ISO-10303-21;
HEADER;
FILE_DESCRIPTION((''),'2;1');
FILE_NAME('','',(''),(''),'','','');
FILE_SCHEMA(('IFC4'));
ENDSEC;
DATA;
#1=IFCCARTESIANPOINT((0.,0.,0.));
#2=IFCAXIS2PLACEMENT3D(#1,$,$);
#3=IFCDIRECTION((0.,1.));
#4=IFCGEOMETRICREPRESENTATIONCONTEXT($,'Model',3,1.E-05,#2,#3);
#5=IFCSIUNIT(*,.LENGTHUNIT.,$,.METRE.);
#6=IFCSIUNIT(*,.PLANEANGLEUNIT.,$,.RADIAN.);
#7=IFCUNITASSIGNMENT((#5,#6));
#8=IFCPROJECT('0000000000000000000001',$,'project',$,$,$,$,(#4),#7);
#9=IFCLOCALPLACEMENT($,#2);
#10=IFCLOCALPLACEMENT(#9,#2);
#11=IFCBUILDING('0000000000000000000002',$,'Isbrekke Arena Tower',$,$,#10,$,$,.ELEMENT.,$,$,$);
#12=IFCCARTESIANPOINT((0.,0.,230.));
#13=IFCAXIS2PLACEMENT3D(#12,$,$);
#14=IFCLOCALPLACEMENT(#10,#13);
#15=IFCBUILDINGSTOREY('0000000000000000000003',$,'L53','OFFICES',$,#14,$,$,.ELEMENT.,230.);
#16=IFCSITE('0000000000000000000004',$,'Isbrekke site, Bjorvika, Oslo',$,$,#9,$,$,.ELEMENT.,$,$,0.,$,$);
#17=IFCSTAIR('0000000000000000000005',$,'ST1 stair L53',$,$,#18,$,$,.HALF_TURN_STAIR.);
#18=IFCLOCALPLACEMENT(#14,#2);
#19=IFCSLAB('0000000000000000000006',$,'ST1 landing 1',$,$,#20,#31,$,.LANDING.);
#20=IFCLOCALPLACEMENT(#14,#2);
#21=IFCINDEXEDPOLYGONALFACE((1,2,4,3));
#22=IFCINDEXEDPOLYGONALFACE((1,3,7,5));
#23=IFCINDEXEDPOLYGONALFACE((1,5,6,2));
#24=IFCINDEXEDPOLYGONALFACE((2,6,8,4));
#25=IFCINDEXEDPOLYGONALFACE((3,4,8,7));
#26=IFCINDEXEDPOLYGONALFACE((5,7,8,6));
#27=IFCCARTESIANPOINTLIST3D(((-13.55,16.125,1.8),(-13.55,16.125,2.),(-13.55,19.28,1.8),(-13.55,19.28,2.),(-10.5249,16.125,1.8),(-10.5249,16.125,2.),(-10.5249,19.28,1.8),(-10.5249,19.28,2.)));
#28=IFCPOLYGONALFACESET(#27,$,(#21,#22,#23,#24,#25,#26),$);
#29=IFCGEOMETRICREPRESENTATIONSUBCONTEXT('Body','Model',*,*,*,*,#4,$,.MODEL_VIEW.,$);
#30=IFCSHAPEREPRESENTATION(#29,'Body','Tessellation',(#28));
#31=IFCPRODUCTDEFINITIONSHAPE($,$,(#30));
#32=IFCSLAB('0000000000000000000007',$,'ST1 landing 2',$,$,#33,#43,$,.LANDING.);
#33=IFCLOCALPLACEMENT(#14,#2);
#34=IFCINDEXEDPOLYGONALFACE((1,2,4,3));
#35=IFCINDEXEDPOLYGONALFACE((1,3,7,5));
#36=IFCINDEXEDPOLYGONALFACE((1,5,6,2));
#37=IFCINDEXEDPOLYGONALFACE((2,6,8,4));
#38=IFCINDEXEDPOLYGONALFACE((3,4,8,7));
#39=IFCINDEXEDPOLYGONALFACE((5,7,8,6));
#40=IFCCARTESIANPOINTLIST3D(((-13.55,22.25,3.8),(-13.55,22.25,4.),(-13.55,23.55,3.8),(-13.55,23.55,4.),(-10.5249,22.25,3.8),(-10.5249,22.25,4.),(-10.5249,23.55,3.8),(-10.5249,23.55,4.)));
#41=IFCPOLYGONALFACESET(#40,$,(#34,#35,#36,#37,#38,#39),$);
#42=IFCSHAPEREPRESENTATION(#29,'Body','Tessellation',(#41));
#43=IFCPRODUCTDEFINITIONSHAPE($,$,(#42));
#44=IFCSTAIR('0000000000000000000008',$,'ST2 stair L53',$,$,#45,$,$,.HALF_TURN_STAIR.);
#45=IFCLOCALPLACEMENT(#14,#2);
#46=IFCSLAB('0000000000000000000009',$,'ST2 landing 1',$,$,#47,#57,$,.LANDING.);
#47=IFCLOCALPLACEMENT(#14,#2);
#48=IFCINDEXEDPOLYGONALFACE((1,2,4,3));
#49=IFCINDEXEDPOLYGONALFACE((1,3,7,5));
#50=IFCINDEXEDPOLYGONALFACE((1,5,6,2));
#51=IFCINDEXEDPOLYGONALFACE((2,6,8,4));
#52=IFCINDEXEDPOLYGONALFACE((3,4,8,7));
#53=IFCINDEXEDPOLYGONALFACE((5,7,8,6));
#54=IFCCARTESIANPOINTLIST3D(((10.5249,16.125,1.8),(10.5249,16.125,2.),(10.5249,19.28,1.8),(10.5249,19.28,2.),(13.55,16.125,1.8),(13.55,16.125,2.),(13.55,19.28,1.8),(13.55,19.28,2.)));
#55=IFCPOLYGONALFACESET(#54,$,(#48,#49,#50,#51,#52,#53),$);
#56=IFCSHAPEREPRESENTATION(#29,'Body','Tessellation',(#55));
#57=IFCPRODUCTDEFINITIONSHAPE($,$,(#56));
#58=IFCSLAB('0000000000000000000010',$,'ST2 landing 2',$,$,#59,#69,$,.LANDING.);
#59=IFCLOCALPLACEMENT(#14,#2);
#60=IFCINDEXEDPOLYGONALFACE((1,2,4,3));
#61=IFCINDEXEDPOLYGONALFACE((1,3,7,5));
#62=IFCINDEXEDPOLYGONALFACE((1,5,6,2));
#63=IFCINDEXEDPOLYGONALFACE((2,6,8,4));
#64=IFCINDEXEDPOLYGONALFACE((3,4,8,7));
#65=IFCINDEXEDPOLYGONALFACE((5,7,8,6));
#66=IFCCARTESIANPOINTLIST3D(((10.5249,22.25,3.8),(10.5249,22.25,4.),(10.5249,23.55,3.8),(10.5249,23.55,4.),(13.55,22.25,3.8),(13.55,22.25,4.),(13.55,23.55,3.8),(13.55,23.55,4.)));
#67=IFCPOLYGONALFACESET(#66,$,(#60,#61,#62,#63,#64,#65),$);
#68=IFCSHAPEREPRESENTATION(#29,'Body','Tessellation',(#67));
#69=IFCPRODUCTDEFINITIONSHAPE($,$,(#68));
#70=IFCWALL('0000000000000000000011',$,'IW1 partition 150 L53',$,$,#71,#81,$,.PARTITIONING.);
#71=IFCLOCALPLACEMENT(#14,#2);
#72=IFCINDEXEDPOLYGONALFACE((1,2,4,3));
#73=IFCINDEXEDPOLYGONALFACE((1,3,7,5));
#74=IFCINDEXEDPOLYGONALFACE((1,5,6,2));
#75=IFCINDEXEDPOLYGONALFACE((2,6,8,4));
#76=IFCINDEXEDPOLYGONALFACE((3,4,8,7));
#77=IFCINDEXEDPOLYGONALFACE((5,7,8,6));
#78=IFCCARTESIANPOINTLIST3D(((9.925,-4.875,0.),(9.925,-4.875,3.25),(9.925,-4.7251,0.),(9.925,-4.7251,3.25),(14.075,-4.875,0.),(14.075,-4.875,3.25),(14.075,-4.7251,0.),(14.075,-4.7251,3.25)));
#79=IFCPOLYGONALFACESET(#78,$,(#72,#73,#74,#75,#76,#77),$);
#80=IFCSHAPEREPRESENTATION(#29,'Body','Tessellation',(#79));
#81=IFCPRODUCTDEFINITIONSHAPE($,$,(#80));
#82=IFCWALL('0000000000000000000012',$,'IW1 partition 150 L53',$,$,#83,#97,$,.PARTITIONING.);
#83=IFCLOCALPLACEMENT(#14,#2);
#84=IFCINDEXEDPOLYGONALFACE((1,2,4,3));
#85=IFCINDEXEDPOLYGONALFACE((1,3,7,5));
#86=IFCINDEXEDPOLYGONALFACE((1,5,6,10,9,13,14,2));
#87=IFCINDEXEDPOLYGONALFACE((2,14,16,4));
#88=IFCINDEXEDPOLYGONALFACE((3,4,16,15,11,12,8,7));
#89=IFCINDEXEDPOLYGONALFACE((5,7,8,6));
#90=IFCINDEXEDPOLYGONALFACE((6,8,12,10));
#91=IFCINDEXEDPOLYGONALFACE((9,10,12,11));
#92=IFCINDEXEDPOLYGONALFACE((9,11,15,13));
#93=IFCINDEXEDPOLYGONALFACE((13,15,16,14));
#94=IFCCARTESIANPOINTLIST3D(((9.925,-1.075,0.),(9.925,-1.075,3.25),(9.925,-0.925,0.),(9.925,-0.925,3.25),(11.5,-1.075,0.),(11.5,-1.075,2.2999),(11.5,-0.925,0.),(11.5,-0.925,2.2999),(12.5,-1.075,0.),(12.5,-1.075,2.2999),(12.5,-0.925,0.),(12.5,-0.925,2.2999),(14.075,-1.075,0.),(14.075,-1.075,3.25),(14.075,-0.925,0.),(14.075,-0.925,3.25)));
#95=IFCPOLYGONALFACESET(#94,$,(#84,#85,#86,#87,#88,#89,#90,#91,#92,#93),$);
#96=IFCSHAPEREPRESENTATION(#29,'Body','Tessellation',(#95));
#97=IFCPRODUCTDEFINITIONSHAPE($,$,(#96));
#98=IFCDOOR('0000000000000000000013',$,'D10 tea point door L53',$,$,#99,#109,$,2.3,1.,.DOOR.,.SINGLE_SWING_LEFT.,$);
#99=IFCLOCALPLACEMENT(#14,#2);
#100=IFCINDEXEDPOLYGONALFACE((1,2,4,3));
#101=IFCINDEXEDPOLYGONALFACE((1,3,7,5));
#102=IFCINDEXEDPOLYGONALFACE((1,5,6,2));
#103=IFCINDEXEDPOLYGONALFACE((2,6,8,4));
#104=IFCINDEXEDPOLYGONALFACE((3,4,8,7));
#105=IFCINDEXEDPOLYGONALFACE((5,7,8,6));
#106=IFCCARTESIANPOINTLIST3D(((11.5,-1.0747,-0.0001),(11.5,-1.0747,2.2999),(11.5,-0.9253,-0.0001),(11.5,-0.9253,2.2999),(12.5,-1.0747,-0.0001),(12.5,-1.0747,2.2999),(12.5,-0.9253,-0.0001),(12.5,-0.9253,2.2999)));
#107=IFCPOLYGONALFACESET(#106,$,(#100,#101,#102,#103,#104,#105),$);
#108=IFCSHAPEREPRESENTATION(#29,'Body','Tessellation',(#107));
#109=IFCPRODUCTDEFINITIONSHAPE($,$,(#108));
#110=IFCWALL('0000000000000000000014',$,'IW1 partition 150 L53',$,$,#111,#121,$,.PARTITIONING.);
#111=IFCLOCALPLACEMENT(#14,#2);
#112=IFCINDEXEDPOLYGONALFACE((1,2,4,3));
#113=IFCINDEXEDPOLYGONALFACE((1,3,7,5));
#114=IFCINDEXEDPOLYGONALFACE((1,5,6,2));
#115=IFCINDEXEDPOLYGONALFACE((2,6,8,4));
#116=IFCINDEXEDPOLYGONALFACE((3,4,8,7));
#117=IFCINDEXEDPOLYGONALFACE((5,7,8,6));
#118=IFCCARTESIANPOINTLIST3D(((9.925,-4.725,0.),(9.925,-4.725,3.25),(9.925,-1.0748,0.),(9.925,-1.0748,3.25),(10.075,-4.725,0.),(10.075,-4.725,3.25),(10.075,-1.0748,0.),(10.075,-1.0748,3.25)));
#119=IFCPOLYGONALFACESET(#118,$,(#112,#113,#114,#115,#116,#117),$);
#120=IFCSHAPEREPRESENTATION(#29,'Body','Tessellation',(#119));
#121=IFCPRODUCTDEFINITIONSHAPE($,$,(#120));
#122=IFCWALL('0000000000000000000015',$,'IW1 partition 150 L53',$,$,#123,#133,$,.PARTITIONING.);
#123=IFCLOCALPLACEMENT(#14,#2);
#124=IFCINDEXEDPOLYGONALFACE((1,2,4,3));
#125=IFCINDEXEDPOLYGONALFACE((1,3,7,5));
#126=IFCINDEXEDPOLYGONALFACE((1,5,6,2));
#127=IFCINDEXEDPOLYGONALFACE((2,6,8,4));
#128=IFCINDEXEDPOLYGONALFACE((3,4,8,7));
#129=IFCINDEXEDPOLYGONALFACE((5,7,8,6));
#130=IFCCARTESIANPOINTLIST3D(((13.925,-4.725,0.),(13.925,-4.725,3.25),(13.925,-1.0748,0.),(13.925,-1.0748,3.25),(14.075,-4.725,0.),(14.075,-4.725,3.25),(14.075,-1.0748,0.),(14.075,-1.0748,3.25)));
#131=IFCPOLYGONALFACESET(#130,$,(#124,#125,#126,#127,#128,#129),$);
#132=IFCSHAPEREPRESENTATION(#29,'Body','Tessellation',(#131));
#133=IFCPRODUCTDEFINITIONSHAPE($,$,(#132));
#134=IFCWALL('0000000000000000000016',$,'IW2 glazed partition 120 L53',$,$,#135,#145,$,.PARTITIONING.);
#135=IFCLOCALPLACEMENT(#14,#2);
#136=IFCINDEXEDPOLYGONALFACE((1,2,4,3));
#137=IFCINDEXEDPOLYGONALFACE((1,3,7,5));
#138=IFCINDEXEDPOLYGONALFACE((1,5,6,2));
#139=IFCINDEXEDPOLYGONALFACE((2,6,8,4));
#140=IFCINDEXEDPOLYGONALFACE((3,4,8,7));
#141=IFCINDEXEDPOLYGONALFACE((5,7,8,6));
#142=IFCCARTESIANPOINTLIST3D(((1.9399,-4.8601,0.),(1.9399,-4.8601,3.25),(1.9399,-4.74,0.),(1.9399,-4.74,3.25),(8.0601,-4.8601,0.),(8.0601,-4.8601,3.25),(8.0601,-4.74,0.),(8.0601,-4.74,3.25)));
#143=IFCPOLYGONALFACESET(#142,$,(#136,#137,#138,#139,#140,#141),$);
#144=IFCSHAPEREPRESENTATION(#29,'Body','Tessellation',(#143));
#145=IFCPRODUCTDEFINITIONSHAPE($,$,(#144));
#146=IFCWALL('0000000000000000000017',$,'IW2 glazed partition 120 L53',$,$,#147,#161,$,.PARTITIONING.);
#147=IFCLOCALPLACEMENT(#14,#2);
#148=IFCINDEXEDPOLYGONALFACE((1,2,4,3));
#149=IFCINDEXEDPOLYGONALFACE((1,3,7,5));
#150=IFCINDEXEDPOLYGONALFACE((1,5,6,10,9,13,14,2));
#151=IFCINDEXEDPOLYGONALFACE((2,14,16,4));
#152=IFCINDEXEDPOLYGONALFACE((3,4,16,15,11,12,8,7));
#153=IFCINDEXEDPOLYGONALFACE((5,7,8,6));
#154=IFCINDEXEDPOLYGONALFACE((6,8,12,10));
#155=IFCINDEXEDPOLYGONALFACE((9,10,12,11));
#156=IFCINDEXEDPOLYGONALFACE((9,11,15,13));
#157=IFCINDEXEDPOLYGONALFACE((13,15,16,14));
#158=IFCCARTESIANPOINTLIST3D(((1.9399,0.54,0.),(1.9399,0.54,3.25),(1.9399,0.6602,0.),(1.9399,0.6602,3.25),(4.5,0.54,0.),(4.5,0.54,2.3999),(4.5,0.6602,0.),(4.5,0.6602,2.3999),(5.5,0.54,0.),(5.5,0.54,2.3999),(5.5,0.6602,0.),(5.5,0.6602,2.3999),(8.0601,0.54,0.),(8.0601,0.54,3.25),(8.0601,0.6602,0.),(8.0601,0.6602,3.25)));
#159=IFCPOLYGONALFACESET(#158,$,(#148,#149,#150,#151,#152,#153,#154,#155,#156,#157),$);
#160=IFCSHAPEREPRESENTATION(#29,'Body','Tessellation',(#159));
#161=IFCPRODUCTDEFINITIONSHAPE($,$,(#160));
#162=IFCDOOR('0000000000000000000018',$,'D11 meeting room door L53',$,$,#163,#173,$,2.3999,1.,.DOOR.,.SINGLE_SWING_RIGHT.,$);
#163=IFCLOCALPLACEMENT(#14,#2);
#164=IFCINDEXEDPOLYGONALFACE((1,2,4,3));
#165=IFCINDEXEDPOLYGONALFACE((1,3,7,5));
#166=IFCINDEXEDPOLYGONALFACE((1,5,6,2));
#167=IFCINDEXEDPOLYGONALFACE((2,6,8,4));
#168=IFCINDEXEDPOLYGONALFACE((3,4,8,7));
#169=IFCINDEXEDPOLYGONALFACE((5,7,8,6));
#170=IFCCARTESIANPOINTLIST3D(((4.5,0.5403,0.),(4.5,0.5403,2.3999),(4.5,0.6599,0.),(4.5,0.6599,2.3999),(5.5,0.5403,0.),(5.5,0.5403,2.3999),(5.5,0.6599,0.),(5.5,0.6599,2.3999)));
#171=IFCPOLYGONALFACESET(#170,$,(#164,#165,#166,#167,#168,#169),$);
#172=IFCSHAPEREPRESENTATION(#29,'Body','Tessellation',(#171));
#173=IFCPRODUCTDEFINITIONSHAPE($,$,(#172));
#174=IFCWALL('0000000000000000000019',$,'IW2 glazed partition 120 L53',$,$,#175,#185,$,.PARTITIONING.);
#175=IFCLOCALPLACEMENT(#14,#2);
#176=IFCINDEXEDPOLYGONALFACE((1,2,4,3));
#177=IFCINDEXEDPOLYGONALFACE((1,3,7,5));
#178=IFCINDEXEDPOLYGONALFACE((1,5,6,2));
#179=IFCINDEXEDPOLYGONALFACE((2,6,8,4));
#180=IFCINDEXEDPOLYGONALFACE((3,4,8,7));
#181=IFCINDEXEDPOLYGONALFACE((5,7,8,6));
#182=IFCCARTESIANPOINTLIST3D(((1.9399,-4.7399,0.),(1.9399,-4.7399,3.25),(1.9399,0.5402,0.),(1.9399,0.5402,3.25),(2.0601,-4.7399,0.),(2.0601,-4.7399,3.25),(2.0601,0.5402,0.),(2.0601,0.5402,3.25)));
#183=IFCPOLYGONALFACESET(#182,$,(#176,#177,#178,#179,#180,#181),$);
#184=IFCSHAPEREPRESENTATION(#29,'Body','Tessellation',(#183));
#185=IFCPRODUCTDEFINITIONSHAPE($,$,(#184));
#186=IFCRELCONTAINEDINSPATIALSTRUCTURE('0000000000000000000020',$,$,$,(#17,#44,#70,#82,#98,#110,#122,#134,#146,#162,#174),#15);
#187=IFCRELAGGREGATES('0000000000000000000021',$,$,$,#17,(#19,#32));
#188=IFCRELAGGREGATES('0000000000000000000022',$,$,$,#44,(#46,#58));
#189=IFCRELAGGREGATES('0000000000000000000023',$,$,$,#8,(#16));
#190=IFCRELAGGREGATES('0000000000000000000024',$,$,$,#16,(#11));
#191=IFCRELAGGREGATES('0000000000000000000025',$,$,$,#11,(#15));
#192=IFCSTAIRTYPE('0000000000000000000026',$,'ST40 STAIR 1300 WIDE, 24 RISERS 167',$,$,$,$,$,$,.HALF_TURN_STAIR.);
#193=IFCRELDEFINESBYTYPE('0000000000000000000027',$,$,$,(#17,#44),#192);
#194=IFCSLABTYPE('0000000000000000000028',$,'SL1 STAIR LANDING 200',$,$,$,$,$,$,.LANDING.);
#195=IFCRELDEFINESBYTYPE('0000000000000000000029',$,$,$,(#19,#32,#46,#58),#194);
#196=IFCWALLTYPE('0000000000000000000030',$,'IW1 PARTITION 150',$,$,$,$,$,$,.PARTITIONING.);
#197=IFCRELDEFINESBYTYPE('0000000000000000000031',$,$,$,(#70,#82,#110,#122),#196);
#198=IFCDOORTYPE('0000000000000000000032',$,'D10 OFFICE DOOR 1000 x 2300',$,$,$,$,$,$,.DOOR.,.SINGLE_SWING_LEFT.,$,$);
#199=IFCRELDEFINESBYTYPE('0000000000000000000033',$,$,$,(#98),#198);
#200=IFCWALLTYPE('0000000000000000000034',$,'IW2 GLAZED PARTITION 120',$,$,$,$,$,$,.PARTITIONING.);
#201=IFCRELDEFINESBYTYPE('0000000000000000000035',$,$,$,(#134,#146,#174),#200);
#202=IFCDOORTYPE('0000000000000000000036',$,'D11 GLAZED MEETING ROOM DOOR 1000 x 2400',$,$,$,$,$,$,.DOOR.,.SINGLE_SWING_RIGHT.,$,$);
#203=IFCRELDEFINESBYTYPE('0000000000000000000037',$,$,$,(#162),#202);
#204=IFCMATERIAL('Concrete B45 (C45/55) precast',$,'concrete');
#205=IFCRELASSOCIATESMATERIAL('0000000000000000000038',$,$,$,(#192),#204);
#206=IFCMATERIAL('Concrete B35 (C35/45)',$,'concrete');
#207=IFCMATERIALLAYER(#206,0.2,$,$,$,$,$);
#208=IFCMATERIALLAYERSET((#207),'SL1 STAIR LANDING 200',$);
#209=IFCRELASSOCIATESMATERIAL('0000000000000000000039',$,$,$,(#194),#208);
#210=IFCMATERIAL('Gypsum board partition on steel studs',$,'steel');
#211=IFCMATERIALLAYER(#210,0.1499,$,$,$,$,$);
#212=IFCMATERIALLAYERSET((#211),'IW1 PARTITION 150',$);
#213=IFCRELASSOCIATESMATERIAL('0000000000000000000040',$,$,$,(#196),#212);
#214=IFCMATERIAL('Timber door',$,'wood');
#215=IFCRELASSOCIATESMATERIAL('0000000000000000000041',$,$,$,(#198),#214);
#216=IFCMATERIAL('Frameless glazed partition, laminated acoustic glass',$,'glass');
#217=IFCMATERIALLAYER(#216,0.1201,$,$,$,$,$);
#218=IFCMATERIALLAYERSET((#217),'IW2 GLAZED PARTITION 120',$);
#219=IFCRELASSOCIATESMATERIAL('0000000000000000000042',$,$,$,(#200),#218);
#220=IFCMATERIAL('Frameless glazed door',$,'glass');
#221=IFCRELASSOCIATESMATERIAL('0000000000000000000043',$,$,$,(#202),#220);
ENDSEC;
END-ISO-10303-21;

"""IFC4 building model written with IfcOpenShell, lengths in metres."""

from ifc_helpers import new_model, si_unit, direction, frame, frame_2d, origin, place, context, subcontext, project, spatial, polyline, rectangle, outline, extrude, material, layer, layer_set, type_object, element, fill, aggregate, save


model = new_model("IFC4")

# Units and contexts
model_context = context("Model", 3, precision=1e-05, world=origin(), true_north=direction((0.0, 1.0)))
body_context = subcontext(model_context, "Body", "Model", "MODEL_VIEW")
ifc_project = project(units=[si_unit("LENGTHUNIT", "METRE"), si_unit("PLANEANGLEUNIT", "RADIAN")], contexts=[model_context])

# Site, building, storey
site_placement = place(None, origin())
site = spatial("IfcSite", under=ifc_project, at=site_placement, Name="Isbrekke site, Bjorvika, Oslo", CompositionType="ELEMENT", RefElevation=0.0)
building_placement = place(site_placement, origin())
building = spatial("IfcBuilding", under=site, at=building_placement, Name="Isbrekke Arena Tower", CompositionType="ELEMENT")
storey_placement = place(building_placement, frame((0.0, 0.0, 230.0)))
storey = spatial("IfcBuildingStorey", under=building, at=storey_placement, Name="L53", Description="OFFICES", CompositionType="ELEMENT", Elevation=230.0)

# Stairs, slabs
ifc_material_1 = material(Name="Concrete B45 (C45/55) precast", Category="concrete")
stair_type = type_object("IfcStairType", Name="ST40 STAIR 1300 WIDE, 24 RISERS 167", PredefinedType="HALF_TURN_STAIR", material=ifc_material_1)
stair_1_placement = place(storey_placement, origin())
stair_1 = element("IfcStair", 1, at=stair_1_placement, inside=storey, type_object=stair_type, Name="ST1 stair L53", PredefinedType="HALF_TURN_STAIR")
ifc_material_2 = material(Name="Concrete B35 (C35/45)", Category="concrete")
ifc_layer_1 = layer(ifc_material_2, 0.2)
ifc_layer_set_1 = layer_set([ifc_layer_1], Name="SL1 STAIR LANDING 200")
slab_type = type_object("IfcSlabType", Name="SL1 STAIR LANDING 200", PredefinedType="LANDING", material=ifc_layer_set_1)
slab_1_placement = place(storey_placement, frame((0.0, 0.0, 1.8)))
slab_1 = element("IfcSlab", 2, at=slab_1_placement, type_object=slab_type, Name="ST1 landing 1", PredefinedType="LANDING", context=body_context, shape_type="SweptSolid", body=[
    extrude(outline(polyline([(-13.55, 16.125), (-10.5249, 16.125), (-10.5249, 19.28), (-13.55, 19.28), (-13.55, 16.125)])), origin(), (0.0, 0.0, 1.0), 0.2),
])
slab_2_placement = place(storey_placement, frame((0.0, 0.0, 3.8)))
slab_2 = element("IfcSlab", 3, at=slab_2_placement, type_object=slab_type, Name="ST1 landing 2", PredefinedType="LANDING", context=body_context, shape_type="SweptSolid", body=[
    extrude(outline(polyline([(-13.55, 22.25), (-10.5249, 22.25), (-10.5249, 23.55), (-13.55, 23.55), (-13.55, 22.25)])), origin(), (0.0, 0.0, 1.0), 0.2),
])
aggregate(stair_1, [slab_1, slab_2])
stair_2_placement = place(storey_placement, origin())
stair_2 = element("IfcStair", 4, at=stair_2_placement, inside=storey, type_object=stair_type, Name="ST2 stair L53", PredefinedType="HALF_TURN_STAIR")
slab_3_placement = place(storey_placement, frame((0.0, 0.0, 1.8)))
slab_3 = element("IfcSlab", 5, at=slab_3_placement, type_object=slab_type, Name="ST2 landing 1", PredefinedType="LANDING", context=body_context, shape_type="SweptSolid", body=[
    extrude(outline(polyline([(10.5249, 16.125), (13.55, 16.125), (13.55, 19.28), (10.5249, 19.28), (10.5249, 16.125)])), origin(), (0.0, 0.0, 1.0), 0.2),
])
slab_4_placement = place(storey_placement, frame((0.0, 0.0, 3.8)))
slab_4 = element("IfcSlab", 6, at=slab_4_placement, type_object=slab_type, Name="ST2 landing 2", PredefinedType="LANDING", context=body_context, shape_type="SweptSolid", body=[
    extrude(outline(polyline([(10.5249, 22.25), (13.55, 22.25), (13.55, 23.55), (10.5249, 23.55), (10.5249, 22.25)])), origin(), (0.0, 0.0, 1.0), 0.2),
])
aggregate(stair_2, [slab_3, slab_4])

# Wall
ifc_material_3 = material(Name="Gypsum board partition on steel studs", Category="steel")
ifc_layer_2 = layer(ifc_material_3, 0.1499)
ifc_layer_set_2 = layer_set([ifc_layer_2], Name="IW1 PARTITION 150")
wall_type_1 = type_object("IfcWallType", Name="IW1 PARTITION 150", PredefinedType="PARTITIONING", material=ifc_layer_set_2)
wall_1_placement = place(storey_placement, frame((9.925, -4.8, 0.0), z_axis=(0.0, 0.0, 1.0), x_axis=(1.0, 0.0, 0.0)))
element("IfcWall", 7, at=wall_1_placement, inside=storey, type_object=wall_type_1, Name="IW1 partition 150 L53", PredefinedType="PARTITIONING", context=body_context, shape_type="SweptSolid", body=[
    extrude(rectangle(XDim=4.1499, YDim=0.1499, at=frame_2d((2.075, 0.0))), origin(), (0.0, 0.0, 1.0), 3.25),
])

# Wall, opening, door
wall_2_placement = place(storey_placement, frame((9.925, -1.0, 0.0), z_axis=(0.0, 0.0, 1.0), x_axis=(1.0, 0.0, 0.0)))
wall_2 = element("IfcWall", 8, at=wall_2_placement, inside=storey, type_object=wall_type_1, Name="IW1 partition 150 L53", PredefinedType="PARTITIONING", context=body_context, shape_type="SweptSolid", body=[
    extrude(rectangle(XDim=4.1499, YDim=0.1499, at=frame_2d((2.075, 0.0))), origin(), (0.0, 0.0, 1.0), 3.25),
])
opening_1_placement = place(wall_2_placement, frame((1.575, 0.0, 0.0)))
opening_1 = element("IfcOpeningElement", 9, at=opening_1_placement, cuts=wall_2, PredefinedType="OPENING", context=body_context, shape_type="SweptSolid", body=[
    extrude(rectangle(XDim=1.0, YDim=2.3, at=frame_2d((0.5, 1.1499))), frame((0.0, 0.0898, 0.0), z_axis=(0.0, -1.0, 0.0), x_axis=(1.0, 0.0, 0.0)), (0.0, 0.0, 1.0), 0.1797),
])
ifc_material_4 = material(Name="Timber door", Category="wood")
door_type_1 = type_object("IfcDoorType", Name="D10 OFFICE DOOR 1000 x 2300", OperationType="SINGLE_SWING_LEFT", PredefinedType="DOOR", material=ifc_material_4)
door_1_placement = place(opening_1_placement, origin())
door_1 = element("IfcDoor", 10, at=door_1_placement, inside=storey, type_object=door_type_1, Name="D10 tea point door L53", OperationType="SINGLE_SWING_LEFT", OverallHeight=2.3, OverallWidth=1.0, PredefinedType="DOOR", context=body_context, shape_type="SweptSolid", body=[
    extrude(rectangle(XDim=1.0, YDim=2.3, at=frame_2d((0.5, 1.1499))), frame((0.0, 0.0747, 0.0), z_axis=(0.0, -1.0, 0.0), x_axis=(1.0, 0.0, 0.0)), (0.0, 0.0, 1.0), 0.1494),
])
fill(opening_1, door_1)

# Walls
for number, where, z_axis, x_axis, name in (
    (11, (10.0, -4.7251, 0.0), (0.0, 0.0, 1.0), (0.0, 1.0, 0.0), "IW1 partition 150 L53"),
    (12, (14.0, -4.7251, 0.0), (0.0, 0.0, 1.0), (0.0, 1.0, 0.0), "IW1 partition 150 L53"),
):
    element("IfcWall", number, at=place(storey_placement, frame(where, z_axis=z_axis, x_axis=x_axis)), inside=storey, type_object=wall_type_1, Name=name, PredefinedType="PARTITIONING", context=body_context, shape_type="SweptSolid", body=[
        extrude(rectangle(XDim=3.6501, YDim=0.1499, at=frame_2d((1.8252, 0.0))), origin(), (0.0, 0.0, 1.0), 3.25),
    ])
ifc_material_5 = material(Name="Frameless glazed partition, laminated acoustic glass", Category="glass")
ifc_layer_3 = layer(ifc_material_5, 0.1201)
ifc_layer_set_3 = layer_set([ifc_layer_3], Name="IW2 GLAZED PARTITION 120")
wall_type_2 = type_object("IfcWallType", Name="IW2 GLAZED PARTITION 120", PredefinedType="PARTITIONING", material=ifc_layer_set_3)
wall_3_placement = place(storey_placement, frame((1.9399, -4.8, 0.0), z_axis=(0.0, 0.0, 1.0), x_axis=(1.0, 0.0, 0.0)))
element("IfcWall", 13, at=wall_3_placement, inside=storey, type_object=wall_type_2, Name="IW2 glazed partition 120 L53", PredefinedType="PARTITIONING", context=body_context, shape_type="SweptSolid", body=[
    extrude(rectangle(XDim=6.1201, YDim=0.1201, at=frame_2d((3.0601, 0.0))), origin(), (0.0, 0.0, 1.0), 3.25),
])

# Wall, opening, door
wall_4_placement = place(storey_placement, frame((1.9399, 0.6001, 0.0), z_axis=(0.0, 0.0, 1.0), x_axis=(1.0, 0.0, 0.0)))
wall_4 = element("IfcWall", 14, at=wall_4_placement, inside=storey, type_object=wall_type_2, Name="IW2 glazed partition 120 L53", PredefinedType="PARTITIONING", context=body_context, shape_type="SweptSolid", body=[
    extrude(rectangle(XDim=6.1201, YDim=0.1201, at=frame_2d((3.0601, 0.0))), origin(), (0.0, 0.0, 1.0), 3.25),
])
opening_2_placement = place(wall_4_placement, frame((2.5601, 0.0, 0.0)))
opening_2 = element("IfcOpeningElement", 15, at=opening_2_placement, cuts=wall_4, PredefinedType="OPENING", context=body_context, shape_type="SweptSolid", body=[
    extrude(rectangle(XDim=1.0, YDim=2.3999, at=frame_2d((0.5, 1.2))), frame((0.0, 0.075, 0.0), z_axis=(0.0, -1.0, 0.0), x_axis=(1.0, 0.0, 0.0)), (0.0, 0.0, 1.0), 0.1499),
])
ifc_material_6 = material(Name="Frameless glazed door", Category="glass")
door_type_2 = type_object("IfcDoorType", Name="D11 GLAZED MEETING ROOM DOOR 1000 x 2400", OperationType="SINGLE_SWING_RIGHT", PredefinedType="DOOR", material=ifc_material_6)
door_2_placement = place(opening_2_placement, origin())
door_2 = element("IfcDoor", 16, at=door_2_placement, inside=storey, type_object=door_type_2, Name="D11 meeting room door L53", OperationType="SINGLE_SWING_RIGHT", OverallHeight=2.3999, OverallWidth=1.0, PredefinedType="DOOR", context=body_context, shape_type="SweptSolid", body=[
    extrude(rectangle(XDim=1.0, YDim=2.3999, at=frame_2d((0.5, 1.2))), frame((0.0, 0.0598, 0.0), z_axis=(0.0, -1.0, 0.0), x_axis=(1.0, 0.0, 0.0)), (0.0, 0.0, 1.0), 0.1196),
])
fill(opening_2, door_2)

# Wall
wall_5_placement = place(storey_placement, frame((2.0, -4.74, 0.0), z_axis=(0.0, 0.0, 1.0), x_axis=(0.0, 1.0, 0.0)))
element("IfcWall", 17, at=wall_5_placement, inside=storey, type_object=wall_type_2, Name="IW2 glazed partition 120 L53", PredefinedType="PARTITIONING", context=body_context, shape_type="SweptSolid", body=[
    extrude(rectangle(XDim=5.28, YDim=0.1201, at=frame_2d((2.6401, 0.0))), origin(), (0.0, 0.0, 1.0), 3.25),
])

save(model, "model.ifc")
